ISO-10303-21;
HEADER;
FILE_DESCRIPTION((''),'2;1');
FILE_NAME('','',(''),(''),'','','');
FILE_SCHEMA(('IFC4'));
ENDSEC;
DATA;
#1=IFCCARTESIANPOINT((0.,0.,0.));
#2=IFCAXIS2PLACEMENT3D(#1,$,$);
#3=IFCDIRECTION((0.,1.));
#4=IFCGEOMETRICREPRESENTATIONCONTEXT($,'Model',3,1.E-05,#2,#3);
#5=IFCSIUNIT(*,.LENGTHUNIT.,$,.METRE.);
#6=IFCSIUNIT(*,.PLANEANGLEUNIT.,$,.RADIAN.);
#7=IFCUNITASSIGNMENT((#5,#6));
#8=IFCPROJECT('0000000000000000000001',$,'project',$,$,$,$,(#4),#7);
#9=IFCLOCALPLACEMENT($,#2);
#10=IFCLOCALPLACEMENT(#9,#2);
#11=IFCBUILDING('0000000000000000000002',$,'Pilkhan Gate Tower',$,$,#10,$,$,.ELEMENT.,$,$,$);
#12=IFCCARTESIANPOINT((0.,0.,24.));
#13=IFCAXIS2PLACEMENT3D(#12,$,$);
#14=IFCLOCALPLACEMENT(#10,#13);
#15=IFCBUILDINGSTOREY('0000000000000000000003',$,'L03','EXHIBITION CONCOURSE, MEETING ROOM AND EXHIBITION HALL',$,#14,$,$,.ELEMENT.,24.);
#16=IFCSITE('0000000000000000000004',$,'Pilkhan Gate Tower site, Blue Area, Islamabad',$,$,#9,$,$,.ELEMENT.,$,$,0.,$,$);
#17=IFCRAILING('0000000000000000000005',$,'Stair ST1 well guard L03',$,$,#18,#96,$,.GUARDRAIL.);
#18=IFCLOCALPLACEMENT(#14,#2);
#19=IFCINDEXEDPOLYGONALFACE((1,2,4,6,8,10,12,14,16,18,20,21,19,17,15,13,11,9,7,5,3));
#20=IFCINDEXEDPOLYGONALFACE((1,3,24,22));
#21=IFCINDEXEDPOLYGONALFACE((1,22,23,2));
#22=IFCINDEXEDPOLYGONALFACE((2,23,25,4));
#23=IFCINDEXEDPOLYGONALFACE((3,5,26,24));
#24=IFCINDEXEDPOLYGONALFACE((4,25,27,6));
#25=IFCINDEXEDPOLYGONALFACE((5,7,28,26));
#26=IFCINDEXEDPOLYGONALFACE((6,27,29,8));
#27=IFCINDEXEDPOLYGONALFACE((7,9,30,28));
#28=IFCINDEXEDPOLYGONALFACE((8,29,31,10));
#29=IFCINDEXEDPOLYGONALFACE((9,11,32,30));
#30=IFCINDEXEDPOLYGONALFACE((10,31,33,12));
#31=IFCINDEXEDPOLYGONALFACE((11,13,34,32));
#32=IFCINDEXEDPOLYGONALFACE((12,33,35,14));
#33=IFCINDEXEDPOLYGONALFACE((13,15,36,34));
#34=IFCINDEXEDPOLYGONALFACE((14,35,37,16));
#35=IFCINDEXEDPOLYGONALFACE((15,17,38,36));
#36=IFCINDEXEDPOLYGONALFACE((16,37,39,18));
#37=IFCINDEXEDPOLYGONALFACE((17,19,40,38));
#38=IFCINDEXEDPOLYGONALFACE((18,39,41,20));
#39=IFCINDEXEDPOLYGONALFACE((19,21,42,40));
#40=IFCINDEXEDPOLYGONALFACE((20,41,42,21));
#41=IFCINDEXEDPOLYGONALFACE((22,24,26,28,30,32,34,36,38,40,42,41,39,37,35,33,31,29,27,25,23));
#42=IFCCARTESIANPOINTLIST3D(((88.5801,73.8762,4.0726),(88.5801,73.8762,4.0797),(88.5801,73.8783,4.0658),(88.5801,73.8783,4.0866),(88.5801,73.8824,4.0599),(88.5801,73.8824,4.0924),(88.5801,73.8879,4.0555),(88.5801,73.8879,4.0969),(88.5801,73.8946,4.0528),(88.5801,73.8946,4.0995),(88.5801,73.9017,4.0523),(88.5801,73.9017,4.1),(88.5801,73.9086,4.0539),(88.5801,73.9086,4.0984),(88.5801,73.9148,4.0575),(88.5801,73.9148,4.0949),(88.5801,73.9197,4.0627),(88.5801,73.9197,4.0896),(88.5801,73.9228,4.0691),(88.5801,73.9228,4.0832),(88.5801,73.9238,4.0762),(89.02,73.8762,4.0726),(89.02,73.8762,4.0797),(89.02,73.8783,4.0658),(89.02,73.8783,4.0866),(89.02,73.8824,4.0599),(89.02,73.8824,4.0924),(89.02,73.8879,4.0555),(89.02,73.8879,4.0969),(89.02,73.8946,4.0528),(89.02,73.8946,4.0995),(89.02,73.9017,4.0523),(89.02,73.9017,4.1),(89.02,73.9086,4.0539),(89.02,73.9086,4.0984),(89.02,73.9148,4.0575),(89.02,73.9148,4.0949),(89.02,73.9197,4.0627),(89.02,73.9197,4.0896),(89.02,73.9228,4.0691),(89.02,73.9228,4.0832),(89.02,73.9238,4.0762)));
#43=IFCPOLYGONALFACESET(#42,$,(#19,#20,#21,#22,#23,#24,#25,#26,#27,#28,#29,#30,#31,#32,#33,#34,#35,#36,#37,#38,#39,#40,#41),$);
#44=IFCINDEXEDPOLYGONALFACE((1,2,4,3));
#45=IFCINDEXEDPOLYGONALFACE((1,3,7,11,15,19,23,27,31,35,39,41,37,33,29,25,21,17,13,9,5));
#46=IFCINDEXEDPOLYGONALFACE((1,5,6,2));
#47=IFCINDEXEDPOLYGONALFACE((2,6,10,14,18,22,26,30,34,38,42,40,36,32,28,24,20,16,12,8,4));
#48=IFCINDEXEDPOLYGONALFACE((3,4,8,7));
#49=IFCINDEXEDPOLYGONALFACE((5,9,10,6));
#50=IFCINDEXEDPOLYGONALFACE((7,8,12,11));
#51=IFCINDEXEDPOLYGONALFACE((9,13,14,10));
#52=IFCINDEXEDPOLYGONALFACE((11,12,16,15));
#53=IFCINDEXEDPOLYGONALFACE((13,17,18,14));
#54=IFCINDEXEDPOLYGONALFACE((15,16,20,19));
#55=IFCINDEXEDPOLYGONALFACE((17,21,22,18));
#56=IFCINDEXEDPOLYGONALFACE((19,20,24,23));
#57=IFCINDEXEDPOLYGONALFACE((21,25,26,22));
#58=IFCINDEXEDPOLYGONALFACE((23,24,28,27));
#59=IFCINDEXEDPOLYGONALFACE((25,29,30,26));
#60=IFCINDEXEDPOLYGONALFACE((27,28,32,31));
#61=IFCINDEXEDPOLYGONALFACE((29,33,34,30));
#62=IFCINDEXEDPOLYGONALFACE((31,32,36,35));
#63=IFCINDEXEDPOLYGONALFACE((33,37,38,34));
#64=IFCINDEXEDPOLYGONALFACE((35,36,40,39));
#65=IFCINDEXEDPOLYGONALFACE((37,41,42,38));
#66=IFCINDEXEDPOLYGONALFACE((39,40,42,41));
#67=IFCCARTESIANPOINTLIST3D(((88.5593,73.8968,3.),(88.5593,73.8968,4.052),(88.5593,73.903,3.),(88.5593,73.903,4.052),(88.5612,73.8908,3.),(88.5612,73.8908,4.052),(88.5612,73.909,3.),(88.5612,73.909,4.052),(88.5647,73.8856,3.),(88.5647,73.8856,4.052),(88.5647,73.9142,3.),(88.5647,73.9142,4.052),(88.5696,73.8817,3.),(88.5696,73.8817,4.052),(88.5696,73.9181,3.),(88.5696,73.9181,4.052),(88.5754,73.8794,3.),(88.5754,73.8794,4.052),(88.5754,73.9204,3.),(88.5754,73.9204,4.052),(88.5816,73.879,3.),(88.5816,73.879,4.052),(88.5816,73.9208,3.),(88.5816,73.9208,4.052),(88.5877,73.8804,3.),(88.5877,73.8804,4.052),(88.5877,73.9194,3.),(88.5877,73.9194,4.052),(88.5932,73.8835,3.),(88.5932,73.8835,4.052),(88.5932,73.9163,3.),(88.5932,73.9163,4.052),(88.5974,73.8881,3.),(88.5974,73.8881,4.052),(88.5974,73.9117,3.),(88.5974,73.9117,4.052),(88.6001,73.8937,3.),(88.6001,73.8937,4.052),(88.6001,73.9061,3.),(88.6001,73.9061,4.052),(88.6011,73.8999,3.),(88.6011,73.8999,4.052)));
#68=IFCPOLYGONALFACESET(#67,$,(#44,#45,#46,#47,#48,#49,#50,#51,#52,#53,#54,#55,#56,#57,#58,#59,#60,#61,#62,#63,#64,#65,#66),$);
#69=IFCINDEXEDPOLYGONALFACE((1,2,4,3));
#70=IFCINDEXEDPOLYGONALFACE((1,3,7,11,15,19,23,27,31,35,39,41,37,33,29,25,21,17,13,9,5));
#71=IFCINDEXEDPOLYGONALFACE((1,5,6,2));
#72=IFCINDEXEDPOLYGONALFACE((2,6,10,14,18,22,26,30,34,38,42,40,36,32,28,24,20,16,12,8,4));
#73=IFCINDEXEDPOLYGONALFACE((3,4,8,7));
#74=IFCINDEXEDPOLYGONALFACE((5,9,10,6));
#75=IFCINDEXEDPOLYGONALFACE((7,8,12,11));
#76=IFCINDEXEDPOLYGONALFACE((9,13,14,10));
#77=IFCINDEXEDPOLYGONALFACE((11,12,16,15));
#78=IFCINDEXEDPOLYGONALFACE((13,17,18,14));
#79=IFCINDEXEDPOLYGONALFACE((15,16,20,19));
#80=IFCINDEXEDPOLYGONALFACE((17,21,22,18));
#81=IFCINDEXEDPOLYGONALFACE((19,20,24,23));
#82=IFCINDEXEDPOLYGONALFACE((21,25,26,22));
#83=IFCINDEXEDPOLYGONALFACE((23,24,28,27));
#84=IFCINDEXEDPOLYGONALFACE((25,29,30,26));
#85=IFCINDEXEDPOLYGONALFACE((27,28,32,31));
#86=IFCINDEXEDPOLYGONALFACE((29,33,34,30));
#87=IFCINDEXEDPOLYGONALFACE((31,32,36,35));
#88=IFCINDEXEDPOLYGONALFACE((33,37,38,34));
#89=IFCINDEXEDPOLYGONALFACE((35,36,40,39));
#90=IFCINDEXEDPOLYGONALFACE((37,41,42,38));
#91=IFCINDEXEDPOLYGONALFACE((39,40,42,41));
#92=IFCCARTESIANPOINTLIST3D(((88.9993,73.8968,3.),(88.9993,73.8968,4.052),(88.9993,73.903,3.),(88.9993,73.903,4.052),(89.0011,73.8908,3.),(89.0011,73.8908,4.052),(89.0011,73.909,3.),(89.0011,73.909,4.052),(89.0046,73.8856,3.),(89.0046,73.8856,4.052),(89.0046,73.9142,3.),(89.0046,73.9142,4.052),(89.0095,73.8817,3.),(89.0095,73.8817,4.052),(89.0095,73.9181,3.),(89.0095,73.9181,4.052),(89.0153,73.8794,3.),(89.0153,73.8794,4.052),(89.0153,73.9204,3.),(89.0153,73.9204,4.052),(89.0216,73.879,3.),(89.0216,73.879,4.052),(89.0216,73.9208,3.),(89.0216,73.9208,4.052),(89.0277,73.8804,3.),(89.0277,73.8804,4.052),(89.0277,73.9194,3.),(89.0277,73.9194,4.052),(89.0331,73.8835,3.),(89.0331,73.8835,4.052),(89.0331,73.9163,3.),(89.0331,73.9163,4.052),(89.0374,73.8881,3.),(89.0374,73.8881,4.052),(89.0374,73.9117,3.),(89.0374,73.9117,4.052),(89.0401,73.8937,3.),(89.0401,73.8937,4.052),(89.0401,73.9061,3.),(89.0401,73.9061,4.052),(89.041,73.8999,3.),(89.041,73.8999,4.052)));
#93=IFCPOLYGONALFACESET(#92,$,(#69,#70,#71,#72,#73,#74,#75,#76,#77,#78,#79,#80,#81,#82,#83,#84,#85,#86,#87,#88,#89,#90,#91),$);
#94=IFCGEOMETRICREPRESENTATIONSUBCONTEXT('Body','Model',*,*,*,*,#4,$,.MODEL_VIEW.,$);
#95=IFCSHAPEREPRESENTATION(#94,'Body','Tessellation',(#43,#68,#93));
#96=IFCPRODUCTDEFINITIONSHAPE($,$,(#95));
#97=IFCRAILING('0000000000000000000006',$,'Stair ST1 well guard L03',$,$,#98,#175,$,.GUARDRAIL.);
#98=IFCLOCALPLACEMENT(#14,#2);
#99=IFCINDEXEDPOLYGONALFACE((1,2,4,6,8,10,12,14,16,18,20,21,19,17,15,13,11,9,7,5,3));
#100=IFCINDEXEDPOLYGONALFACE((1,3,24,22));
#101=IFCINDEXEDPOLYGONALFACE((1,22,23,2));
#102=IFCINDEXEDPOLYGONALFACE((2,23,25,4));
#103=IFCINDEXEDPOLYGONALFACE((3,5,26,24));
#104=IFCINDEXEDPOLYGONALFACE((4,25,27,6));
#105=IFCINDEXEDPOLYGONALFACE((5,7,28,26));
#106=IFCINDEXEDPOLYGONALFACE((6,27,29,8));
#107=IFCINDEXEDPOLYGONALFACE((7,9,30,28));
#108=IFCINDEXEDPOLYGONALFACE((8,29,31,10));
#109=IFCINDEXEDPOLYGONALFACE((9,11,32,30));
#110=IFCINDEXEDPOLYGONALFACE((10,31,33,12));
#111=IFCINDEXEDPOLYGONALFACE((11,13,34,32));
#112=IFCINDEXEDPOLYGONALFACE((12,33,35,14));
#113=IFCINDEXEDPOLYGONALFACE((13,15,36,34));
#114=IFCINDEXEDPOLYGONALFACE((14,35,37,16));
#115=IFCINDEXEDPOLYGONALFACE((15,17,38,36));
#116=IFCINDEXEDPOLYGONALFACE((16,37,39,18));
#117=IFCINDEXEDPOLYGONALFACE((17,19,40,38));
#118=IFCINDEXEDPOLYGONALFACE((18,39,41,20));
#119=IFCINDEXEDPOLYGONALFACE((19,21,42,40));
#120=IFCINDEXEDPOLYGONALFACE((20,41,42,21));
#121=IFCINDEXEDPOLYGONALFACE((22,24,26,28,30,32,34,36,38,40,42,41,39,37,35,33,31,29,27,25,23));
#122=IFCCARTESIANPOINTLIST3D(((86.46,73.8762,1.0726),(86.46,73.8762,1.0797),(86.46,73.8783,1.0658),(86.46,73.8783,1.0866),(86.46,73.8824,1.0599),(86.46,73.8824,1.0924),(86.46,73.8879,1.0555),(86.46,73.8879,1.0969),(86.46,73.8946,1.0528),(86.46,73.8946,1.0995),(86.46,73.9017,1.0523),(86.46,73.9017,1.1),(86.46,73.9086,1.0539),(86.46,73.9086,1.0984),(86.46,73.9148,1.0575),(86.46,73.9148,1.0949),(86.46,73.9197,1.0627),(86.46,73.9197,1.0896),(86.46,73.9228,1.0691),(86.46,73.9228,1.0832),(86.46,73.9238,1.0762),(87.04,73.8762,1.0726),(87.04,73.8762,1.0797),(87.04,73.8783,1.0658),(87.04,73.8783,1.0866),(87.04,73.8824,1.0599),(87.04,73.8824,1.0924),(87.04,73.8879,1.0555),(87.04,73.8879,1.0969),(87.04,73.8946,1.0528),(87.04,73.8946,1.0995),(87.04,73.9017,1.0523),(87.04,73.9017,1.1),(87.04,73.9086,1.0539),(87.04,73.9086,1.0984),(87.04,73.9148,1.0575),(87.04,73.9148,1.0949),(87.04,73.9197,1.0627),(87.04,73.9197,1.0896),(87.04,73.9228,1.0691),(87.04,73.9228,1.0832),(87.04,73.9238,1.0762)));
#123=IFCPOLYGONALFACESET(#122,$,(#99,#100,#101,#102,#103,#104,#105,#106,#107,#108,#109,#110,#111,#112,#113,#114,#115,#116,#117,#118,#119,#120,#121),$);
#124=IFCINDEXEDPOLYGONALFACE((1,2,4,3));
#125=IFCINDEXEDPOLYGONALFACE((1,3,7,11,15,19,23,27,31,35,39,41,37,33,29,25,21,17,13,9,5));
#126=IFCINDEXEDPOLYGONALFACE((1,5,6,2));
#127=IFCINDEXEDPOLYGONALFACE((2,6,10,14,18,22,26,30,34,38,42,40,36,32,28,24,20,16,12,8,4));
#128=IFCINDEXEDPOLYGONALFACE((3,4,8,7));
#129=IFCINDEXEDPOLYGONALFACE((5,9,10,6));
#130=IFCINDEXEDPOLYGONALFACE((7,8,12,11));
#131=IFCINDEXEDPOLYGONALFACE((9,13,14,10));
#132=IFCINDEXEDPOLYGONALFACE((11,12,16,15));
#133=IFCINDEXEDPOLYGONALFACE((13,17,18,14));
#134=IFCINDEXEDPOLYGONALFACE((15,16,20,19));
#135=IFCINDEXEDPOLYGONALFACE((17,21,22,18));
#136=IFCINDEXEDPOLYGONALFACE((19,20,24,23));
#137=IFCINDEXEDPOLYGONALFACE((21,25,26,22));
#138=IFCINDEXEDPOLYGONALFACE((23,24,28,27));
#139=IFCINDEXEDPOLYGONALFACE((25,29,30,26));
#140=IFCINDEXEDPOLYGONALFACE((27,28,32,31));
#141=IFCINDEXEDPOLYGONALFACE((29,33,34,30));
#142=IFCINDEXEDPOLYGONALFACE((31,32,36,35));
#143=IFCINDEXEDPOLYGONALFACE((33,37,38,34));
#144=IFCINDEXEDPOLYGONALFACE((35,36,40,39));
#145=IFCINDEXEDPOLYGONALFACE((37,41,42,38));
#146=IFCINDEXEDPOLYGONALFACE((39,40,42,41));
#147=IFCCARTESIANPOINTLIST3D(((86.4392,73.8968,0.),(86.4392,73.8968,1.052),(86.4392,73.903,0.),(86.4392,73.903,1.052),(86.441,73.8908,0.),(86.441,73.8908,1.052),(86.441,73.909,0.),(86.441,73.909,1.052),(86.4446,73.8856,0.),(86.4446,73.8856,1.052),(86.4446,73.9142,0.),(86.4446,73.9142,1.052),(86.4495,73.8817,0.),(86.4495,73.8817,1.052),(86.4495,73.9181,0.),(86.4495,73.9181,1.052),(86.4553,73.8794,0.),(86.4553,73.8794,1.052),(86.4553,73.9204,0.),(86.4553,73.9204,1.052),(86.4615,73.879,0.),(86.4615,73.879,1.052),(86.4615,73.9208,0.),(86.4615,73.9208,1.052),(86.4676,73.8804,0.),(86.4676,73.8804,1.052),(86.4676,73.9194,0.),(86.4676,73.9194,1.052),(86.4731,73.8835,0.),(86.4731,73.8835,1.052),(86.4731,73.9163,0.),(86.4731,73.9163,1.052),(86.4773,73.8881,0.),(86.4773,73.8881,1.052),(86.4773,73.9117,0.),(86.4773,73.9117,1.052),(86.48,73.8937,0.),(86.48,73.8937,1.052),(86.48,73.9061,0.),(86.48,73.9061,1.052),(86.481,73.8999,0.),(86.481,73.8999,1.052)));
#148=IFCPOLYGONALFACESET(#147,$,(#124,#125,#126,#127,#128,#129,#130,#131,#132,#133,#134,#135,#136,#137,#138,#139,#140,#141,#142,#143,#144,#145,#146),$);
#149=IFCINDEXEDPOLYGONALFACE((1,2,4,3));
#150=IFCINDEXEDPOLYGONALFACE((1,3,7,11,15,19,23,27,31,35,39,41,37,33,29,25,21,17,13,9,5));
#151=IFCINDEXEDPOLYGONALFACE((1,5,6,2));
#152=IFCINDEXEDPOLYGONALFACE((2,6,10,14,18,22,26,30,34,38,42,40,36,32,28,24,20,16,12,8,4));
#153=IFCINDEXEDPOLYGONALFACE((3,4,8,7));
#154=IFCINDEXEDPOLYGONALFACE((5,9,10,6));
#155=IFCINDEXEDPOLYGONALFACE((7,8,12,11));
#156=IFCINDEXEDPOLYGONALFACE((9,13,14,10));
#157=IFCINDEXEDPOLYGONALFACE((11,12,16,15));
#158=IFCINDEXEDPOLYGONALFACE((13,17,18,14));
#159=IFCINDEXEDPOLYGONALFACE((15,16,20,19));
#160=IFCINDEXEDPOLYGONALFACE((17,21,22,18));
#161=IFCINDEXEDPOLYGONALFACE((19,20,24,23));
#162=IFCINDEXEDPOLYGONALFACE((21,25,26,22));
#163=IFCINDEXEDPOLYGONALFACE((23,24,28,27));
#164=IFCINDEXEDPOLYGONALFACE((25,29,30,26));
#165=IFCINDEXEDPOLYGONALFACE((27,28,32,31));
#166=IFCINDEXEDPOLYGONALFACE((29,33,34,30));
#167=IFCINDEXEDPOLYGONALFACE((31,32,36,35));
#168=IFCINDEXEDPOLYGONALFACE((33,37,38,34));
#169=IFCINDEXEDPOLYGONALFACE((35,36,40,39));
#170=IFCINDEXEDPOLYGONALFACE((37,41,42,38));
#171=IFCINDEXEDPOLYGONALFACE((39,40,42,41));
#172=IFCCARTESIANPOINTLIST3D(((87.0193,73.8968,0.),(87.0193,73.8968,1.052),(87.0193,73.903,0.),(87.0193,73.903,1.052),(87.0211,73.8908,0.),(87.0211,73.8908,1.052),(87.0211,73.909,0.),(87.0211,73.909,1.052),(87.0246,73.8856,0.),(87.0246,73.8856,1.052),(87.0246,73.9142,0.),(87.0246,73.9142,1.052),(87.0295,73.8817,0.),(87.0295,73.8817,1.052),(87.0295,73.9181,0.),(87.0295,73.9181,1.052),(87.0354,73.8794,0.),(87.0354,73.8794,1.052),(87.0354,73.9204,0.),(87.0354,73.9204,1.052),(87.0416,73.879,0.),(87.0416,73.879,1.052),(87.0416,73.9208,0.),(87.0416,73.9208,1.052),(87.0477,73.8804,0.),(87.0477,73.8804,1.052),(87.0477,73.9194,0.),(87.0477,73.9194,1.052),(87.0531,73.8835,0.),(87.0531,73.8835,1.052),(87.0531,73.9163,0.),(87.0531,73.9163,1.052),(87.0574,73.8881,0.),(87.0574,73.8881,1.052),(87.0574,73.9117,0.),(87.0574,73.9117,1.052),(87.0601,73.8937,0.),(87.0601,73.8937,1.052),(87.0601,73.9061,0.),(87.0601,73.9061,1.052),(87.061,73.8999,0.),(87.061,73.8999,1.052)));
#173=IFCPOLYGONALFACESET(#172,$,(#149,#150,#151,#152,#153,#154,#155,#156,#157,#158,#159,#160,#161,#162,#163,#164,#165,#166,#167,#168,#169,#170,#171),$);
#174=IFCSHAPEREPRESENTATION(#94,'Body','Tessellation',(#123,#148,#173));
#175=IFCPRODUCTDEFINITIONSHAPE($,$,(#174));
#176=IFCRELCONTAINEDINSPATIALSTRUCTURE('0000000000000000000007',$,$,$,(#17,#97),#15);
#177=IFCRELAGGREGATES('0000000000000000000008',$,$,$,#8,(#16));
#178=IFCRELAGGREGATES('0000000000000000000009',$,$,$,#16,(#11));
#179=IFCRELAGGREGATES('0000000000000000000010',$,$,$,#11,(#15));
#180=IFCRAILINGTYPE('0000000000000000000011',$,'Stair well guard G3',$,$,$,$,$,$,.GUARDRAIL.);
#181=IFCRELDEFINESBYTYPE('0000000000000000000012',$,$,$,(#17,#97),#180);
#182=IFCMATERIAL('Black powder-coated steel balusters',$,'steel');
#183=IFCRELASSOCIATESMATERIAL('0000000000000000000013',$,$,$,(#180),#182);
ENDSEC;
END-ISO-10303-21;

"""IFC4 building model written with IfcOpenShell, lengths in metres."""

from ifc_helpers import new_model, si_unit, direction, frame, origin, origin_2d, place, context, subcontext, project, spatial, circle, extrude, material, type_object, element, save


model = new_model("IFC4")

# Units and contexts
model_context = context("Model", 3, precision=1e-05, world=origin(), true_north=direction((0.0, 1.0)))
body_context = subcontext(model_context, "Body", "Model", "MODEL_VIEW")
ifc_project = project(units=[si_unit("LENGTHUNIT", "METRE"), si_unit("PLANEANGLEUNIT", "RADIAN")], contexts=[model_context])

# Site, building, storey
site_placement = place(None, origin())
site = spatial("IfcSite", under=ifc_project, at=site_placement, Name="Pilkhan Gate Tower site, Blue Area, Islamabad", CompositionType="ELEMENT", RefElevation=0.0)
building_placement = place(site_placement, origin())
building = spatial("IfcBuilding", under=site, at=building_placement, Name="Pilkhan Gate Tower", CompositionType="ELEMENT")
storey_placement = place(building_placement, frame((0.0, 0.0, 24.0)))
storey = spatial("IfcBuildingStorey", under=building, at=storey_placement, Name="L03", Description="EXHIBITION CONCOURSE, MEETING ROOM AND EXHIBITION HALL", CompositionType="ELEMENT", Elevation=24.0)

# Railings
ifc_material_1 = material(Name="Black powder-coated steel balusters", Category="steel")
railing_type_1 = type_object("IfcRailingType", Name="Stair well guard G3", PredefinedType="GUARDRAIL", material=ifc_material_1)
railing_placement = place(storey_placement, frame((88.5801, 73.8999, 3.0)))
element("IfcRailing", 1, at=railing_placement, inside=storey, type_object=railing_type_1, Name="Stair ST1 well guard L03", PredefinedType="GUARDRAIL", context=body_context, shape_type="SweptSolid", body=[
    extrude(circle(Radius=0.0239, at=origin_2d()), frame((0.0, 0.0, 1.0762), z_axis=(1.0, 0.0, 0.0), x_axis=(0.0, 1.0, 0.0)), (0.0, 0.0, 1.0), 0.4399),
    extrude(circle(Radius=0.021, at=origin_2d()), origin(), (0.0, 0.0, 1.0), 1.052),
    extrude(circle(Radius=0.021, at=origin_2d()), frame((0.4399, 0.0, 0.0)), (0.0, 0.0, 1.0), 1.052),
])
for number, where, name in (
    (2, (86.46, 73.8999, 0.0), "Stair ST1 well guard L03"),
):
    element("IfcRailing", number, at=place(storey_placement, frame(where)), inside=storey, type_object=railing_type_1, Name=name, PredefinedType="GUARDRAIL", context=body_context, shape_type="SweptSolid", body=[
        extrude(circle(Radius=0.0239, at=origin_2d()), frame((0.0, 0.0, 1.0762), z_axis=(1.0, 0.0, 0.0), x_axis=(0.0, 1.0, 0.0)), (0.0, 0.0, 1.0), 0.5801),
        extrude(circle(Radius=0.021, at=origin_2d()), origin(), (0.0, 0.0, 1.0), 1.052),
        extrude(circle(Radius=0.021, at=origin_2d()), frame((0.5801, 0.0, 0.0)), (0.0, 0.0, 1.0), 1.052),
    ])

save(model, "model.ifc")
